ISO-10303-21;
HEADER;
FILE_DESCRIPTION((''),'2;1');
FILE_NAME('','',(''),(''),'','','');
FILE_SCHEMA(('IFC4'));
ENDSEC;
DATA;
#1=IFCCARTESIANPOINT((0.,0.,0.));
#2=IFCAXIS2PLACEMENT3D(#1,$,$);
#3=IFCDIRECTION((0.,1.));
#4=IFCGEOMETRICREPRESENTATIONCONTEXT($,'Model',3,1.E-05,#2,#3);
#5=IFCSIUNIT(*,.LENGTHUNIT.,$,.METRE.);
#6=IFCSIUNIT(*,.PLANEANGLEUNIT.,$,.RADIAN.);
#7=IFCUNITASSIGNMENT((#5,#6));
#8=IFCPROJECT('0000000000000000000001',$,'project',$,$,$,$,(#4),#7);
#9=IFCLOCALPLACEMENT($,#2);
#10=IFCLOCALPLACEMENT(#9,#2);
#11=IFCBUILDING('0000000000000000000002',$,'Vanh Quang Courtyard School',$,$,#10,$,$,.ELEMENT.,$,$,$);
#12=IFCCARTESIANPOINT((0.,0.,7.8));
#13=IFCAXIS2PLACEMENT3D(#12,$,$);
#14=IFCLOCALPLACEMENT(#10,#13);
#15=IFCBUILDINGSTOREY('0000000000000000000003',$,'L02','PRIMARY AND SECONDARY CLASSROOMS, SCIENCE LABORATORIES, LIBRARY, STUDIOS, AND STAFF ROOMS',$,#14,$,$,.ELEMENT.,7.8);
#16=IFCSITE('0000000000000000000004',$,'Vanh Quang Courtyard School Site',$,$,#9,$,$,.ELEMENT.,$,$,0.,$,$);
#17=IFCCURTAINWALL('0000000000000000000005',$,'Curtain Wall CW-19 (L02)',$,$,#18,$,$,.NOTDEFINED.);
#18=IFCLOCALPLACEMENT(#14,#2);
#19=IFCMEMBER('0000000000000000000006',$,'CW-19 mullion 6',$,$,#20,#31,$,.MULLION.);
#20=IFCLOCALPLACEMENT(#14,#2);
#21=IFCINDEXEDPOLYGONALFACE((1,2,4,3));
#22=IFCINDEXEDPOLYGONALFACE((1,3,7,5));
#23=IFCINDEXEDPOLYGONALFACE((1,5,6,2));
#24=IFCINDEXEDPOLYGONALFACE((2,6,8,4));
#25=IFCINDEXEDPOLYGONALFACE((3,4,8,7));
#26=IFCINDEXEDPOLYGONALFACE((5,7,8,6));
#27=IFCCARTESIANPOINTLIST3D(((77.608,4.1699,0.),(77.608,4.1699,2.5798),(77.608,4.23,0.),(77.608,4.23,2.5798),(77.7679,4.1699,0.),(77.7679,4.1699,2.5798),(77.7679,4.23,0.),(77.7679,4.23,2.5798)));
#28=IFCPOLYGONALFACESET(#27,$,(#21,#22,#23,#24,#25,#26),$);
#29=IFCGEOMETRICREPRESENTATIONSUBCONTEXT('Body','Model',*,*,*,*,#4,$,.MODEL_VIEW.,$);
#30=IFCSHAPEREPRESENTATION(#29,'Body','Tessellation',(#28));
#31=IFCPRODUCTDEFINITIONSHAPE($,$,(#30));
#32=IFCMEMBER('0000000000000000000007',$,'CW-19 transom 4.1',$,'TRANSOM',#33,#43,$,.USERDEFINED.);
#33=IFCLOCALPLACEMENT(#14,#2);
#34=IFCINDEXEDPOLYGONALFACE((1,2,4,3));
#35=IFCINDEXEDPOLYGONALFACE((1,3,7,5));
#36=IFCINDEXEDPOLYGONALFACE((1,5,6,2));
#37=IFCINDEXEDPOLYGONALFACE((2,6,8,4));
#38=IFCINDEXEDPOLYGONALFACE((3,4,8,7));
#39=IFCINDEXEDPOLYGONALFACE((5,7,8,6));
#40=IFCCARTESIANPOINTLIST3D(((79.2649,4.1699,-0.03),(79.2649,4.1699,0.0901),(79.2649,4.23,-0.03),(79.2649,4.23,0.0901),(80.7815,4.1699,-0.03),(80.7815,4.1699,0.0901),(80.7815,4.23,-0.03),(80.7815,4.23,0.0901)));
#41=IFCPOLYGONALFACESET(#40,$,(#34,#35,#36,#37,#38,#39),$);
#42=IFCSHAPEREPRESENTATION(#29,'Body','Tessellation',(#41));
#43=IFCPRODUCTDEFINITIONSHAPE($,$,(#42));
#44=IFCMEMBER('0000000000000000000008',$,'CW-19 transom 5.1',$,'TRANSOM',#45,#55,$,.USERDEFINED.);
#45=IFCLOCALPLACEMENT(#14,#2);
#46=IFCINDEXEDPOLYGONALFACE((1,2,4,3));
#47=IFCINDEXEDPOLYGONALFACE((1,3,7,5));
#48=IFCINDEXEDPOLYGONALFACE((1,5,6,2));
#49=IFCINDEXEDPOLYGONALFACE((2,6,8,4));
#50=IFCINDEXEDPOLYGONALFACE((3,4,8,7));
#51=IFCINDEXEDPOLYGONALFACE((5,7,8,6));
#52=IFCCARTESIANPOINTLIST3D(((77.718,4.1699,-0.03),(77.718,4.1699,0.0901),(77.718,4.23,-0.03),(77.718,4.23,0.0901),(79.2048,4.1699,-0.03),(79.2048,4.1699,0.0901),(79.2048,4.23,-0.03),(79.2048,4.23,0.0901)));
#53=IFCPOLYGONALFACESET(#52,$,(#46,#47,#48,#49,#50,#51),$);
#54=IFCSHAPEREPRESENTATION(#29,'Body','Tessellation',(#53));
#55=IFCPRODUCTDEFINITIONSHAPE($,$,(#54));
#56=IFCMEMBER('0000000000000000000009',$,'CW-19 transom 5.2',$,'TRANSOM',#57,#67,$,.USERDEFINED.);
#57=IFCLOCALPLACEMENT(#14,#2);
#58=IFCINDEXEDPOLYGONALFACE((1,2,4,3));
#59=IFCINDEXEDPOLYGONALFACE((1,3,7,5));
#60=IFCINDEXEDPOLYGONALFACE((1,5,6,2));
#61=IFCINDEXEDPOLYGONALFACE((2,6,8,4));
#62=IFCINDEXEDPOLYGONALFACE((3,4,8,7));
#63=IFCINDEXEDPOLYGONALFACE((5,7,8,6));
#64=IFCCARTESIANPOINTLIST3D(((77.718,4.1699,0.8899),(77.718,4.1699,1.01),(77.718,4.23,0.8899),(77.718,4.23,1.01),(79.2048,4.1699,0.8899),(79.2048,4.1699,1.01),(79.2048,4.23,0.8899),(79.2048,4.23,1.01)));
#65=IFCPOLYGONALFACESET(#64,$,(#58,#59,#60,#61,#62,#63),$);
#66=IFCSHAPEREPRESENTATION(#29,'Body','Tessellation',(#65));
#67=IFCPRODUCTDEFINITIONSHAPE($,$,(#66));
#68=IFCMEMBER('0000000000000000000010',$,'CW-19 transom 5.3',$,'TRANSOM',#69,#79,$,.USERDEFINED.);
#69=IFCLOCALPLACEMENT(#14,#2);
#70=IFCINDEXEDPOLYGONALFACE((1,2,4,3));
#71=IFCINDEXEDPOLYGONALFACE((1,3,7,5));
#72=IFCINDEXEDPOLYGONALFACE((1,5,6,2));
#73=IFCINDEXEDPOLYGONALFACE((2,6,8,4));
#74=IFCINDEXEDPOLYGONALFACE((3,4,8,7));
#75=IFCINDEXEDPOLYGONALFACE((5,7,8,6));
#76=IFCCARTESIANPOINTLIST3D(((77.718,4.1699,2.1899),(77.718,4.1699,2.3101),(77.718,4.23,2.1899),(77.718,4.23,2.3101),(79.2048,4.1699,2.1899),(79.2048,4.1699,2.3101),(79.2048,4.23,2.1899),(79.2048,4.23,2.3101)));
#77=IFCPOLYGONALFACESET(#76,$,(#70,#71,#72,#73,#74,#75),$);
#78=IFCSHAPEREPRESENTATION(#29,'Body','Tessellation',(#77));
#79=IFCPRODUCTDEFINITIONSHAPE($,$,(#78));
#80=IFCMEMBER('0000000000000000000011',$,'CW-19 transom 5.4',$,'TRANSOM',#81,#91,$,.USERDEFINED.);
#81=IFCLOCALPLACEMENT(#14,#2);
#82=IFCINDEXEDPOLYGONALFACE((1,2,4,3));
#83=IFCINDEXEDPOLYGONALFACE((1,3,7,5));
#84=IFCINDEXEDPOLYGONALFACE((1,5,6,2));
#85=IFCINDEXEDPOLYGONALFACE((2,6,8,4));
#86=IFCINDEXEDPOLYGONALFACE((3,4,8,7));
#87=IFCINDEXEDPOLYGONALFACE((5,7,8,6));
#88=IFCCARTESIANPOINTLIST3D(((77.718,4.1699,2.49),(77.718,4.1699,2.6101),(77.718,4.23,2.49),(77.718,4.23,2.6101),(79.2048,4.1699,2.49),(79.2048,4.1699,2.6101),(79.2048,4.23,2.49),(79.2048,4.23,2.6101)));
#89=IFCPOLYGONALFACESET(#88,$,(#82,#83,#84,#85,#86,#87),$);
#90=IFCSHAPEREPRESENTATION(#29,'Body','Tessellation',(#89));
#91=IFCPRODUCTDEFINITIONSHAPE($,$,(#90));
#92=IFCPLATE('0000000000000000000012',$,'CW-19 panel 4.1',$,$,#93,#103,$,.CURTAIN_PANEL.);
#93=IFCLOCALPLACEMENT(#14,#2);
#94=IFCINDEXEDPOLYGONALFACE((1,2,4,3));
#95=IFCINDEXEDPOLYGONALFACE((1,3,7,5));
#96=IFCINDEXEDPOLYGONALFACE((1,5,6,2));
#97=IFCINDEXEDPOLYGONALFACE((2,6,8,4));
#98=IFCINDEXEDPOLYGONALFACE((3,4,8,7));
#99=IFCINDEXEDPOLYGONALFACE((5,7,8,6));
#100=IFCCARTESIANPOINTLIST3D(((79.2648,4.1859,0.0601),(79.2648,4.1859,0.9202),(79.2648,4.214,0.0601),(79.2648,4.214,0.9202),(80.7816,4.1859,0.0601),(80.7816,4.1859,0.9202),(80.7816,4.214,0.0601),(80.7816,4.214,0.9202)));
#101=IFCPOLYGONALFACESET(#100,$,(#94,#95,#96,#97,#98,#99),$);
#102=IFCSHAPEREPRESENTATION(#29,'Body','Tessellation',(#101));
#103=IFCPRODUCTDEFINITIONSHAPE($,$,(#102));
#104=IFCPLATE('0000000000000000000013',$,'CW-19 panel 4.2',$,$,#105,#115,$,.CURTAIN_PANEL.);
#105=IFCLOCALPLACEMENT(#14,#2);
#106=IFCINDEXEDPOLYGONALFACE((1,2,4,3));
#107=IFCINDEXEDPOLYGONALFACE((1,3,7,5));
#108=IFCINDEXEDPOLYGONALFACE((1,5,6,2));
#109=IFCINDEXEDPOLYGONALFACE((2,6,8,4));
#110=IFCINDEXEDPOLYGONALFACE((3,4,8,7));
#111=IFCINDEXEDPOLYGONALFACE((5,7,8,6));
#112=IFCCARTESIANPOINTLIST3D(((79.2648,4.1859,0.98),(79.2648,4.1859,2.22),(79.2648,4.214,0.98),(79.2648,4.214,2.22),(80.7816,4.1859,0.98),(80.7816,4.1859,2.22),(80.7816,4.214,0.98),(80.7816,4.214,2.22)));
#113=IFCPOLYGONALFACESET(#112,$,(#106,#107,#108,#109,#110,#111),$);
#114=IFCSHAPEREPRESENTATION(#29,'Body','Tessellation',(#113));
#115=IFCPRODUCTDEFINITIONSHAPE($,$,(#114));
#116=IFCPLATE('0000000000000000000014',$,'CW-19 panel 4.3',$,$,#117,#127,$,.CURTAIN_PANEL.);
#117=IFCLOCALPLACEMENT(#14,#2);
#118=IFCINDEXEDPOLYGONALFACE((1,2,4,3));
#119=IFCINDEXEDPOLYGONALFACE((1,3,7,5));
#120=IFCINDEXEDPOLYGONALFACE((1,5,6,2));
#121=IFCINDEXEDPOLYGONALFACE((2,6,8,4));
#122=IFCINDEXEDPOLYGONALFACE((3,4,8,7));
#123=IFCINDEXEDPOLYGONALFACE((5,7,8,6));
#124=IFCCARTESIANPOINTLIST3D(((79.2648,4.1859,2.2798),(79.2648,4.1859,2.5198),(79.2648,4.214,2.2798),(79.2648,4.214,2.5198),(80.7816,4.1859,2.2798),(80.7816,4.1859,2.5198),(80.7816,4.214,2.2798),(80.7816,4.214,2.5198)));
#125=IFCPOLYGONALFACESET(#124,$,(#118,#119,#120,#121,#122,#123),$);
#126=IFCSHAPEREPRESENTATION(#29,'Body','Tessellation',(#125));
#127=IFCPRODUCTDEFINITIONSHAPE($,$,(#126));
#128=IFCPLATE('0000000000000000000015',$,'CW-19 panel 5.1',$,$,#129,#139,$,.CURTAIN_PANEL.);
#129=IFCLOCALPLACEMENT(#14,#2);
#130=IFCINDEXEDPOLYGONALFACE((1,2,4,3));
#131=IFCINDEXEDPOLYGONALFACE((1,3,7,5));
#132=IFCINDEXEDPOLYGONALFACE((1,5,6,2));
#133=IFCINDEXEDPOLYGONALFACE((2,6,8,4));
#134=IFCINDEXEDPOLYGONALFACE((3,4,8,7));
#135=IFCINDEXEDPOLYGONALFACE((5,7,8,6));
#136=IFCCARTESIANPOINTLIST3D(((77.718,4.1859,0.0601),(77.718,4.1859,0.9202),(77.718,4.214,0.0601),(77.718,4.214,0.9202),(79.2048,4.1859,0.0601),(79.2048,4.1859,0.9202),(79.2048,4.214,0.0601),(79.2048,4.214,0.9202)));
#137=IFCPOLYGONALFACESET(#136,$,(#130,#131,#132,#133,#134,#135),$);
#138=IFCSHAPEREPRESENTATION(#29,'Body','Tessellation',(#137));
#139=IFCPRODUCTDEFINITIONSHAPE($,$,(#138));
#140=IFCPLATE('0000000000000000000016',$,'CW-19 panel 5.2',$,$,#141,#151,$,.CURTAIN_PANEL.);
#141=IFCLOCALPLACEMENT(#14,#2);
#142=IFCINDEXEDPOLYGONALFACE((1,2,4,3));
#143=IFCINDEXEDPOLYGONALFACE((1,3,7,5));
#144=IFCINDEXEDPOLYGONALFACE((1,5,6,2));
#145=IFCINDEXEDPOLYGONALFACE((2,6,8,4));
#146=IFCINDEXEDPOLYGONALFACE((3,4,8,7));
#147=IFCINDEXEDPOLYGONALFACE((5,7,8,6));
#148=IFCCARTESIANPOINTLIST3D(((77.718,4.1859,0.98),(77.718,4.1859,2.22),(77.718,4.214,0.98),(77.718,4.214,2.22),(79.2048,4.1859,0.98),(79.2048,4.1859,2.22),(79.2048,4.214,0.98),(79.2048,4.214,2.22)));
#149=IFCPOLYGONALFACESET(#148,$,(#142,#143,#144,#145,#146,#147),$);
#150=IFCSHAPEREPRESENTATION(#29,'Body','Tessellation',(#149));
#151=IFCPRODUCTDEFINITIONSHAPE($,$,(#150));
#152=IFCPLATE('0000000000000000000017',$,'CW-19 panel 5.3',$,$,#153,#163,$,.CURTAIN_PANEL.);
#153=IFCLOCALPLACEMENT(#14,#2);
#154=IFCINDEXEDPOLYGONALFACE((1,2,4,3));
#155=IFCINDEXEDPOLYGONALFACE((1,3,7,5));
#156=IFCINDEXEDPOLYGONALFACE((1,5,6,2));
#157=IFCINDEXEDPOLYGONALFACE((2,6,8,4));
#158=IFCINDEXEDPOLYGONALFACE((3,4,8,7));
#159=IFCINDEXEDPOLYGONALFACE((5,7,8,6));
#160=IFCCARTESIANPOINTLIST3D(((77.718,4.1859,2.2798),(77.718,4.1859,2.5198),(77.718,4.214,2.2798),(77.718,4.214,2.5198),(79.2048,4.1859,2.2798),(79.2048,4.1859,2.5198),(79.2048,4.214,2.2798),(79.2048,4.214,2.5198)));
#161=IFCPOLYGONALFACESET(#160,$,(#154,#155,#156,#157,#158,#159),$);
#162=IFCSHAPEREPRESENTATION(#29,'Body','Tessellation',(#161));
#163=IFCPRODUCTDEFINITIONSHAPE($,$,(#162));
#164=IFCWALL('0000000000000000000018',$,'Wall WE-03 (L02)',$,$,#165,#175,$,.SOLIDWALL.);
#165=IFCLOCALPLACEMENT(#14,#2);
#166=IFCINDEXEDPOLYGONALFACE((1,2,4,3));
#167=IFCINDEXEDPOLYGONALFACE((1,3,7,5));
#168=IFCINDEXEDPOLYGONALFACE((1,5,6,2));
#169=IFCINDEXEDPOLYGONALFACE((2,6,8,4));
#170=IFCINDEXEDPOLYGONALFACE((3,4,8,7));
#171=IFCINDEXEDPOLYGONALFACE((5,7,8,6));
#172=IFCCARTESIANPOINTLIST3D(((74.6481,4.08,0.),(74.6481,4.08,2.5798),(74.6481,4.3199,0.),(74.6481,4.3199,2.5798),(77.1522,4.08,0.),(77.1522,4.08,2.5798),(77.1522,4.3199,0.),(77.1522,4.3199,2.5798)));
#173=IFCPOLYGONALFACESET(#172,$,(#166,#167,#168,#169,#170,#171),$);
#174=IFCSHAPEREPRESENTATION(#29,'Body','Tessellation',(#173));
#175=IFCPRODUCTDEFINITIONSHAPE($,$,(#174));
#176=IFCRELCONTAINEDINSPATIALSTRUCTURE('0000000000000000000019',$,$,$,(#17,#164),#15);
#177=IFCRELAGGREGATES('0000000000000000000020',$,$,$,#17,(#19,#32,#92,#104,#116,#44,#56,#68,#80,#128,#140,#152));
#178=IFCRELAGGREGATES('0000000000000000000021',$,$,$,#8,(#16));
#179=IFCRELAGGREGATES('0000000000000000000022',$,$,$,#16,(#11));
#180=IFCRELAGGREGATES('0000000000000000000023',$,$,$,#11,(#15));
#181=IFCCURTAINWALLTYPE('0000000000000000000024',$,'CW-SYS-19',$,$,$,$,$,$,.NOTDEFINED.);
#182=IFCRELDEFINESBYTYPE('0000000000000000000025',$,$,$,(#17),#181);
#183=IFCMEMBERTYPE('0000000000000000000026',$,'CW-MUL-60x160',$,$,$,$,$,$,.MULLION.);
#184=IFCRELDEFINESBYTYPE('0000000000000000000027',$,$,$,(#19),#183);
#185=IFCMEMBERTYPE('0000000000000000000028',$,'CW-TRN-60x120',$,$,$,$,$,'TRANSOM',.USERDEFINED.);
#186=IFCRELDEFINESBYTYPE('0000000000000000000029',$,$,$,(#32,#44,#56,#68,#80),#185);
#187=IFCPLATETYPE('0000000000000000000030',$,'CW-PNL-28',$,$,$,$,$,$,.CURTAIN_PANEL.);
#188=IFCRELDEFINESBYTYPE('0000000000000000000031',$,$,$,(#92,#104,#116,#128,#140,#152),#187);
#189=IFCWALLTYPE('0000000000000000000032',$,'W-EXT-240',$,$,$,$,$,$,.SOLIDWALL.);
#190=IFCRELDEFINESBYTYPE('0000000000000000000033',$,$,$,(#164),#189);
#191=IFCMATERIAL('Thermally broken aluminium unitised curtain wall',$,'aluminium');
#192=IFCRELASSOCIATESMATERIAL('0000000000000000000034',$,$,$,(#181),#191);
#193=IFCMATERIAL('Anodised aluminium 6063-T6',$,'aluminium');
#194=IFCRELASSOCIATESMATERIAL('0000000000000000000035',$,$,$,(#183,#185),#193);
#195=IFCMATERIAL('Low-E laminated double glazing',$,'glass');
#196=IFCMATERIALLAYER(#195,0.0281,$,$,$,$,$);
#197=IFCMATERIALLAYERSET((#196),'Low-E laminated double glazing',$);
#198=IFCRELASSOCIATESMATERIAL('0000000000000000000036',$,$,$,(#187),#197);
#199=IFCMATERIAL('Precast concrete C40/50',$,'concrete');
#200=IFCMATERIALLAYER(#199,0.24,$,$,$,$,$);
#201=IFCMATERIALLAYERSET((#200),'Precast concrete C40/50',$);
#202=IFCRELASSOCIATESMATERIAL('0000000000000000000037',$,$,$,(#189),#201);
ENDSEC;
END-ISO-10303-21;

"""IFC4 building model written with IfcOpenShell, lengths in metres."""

from ifc_helpers import new_model, si_unit, direction, frame, frame_2d, origin, origin_2d, place, context, subcontext, project, spatial, rectangle, extrude, material, layer, layer_set, material_profile, profile_set, type_object, element, aggregate, save


model = new_model("IFC4")

# Units and contexts
model_context = context("Model", 3, precision=1e-05, world=origin(), true_north=direction((0.0, 1.0)))
body_context = subcontext(model_context, "Body", "Model", "MODEL_VIEW")
ifc_project = project(units=[si_unit("LENGTHUNIT", "METRE"), si_unit("PLANEANGLEUNIT", "RADIAN")], contexts=[model_context])

# Site, building, storey
site_placement = place(None, origin())
site = spatial("IfcSite", under=ifc_project, at=site_placement, Name="Vanh Quang Courtyard School Site", CompositionType="ELEMENT", RefElevation=0.0)
building_placement = place(site_placement, origin())
building = spatial("IfcBuilding", under=site, at=building_placement, Name="Vanh Quang Courtyard School", CompositionType="ELEMENT")
storey_placement = place(building_placement, frame((0.0, 0.0, 7.8)))
storey = spatial("IfcBuildingStorey", under=building, at=storey_placement, Name="L02", Description="PRIMARY AND SECONDARY CLASSROOMS, SCIENCE LABORATORIES, LIBRARY, STUDIOS, AND STAFF ROOMS", CompositionType="ELEMENT", Elevation=7.8)

# Curtain wall, members, plates
ifc_material_1 = material(Name="Thermally broken aluminium unitised curtain wall", Category="aluminium")
curtain_wall_type = type_object("IfcCurtainWallType", Name="CW-SYS-19", PredefinedType="NOTDEFINED", material=ifc_material_1)
curtain_wall_placement = place(storey_placement, origin())
curtain_wall = element("IfcCurtainWall", 1, at=curtain_wall_placement, inside=storey, type_object=curtain_wall_type, Name="Curtain Wall CW-19 (L02)", PredefinedType="NOTDEFINED")
ifc_material_2 = material(Name="Anodised aluminium 6063-T6", Category="aluminium")
ifc_material_profile_1 = material_profile(ifc_material_2, rectangle(XDim=0.0601, YDim=0.1599, at=origin_2d()), Name="ALU-MUL 60x160")
ifc_profile_set_1 = profile_set([ifc_material_profile_1], Name="Anodised aluminium 6063-T6")
member_type_1 = type_object("IfcMemberType", Name="CW-MUL-60x160", PredefinedType="MULLION", material=ifc_profile_set_1)
member_1_placement = place(storey_placement, frame((77.688, 4.2, 0.0), z_axis=(0.0, 0.0, 1.0), x_axis=(0.0, -1.0, 0.0)))
member_1 = element("IfcMember", 2, at=member_1_placement, type_object=member_type_1, Name="CW-19 mullion 6", PredefinedType="MULLION", context=body_context, shape_type="SweptSolid", body=[
    extrude(rectangle(XDim=0.0601, YDim=0.1599, at=origin_2d()), origin(), (0.0, 0.0, 1.0), 2.5798),
])
ifc_material_profile_2 = material_profile(ifc_material_2, rectangle(XDim=0.0601, YDim=0.1201, at=origin_2d()), Name="ALU-TRN 60x120")
ifc_profile_set_2 = profile_set([ifc_material_profile_2], Name="Anodised aluminium 6063-T6")
member_type_2 = type_object("IfcMemberType", Name="CW-TRN-60x120", ElementType="TRANSOM", PredefinedType="USERDEFINED", material=ifc_profile_set_2)
member_2_placement = place(storey_placement, frame((80.7815, 4.2, 0.03), z_axis=(-1.0, 0.0, 0.0), x_axis=(0.0, -1.0, 0.0)))
member_2 = element("IfcMember", 3, at=member_2_placement, type_object=member_type_2, Name="CW-19 transom 4.1", ObjectType="TRANSOM", PredefinedType="USERDEFINED", context=body_context, shape_type="SweptSolid", body=[
    extrude(rectangle(XDim=0.0601, YDim=0.1201, at=origin_2d()), origin(), (0.0, 0.0, 1.0), 1.5166),
])
member_3_placement = place(storey_placement, frame((79.2048, 4.2, 0.03), z_axis=(-1.0, 0.0, 0.0), x_axis=(0.0, -1.0, 0.0)))
member_3 = element("IfcMember", 4, at=member_3_placement, type_object=member_type_2, Name="CW-19 transom 5.1", ObjectType="TRANSOM", PredefinedType="USERDEFINED", context=body_context, shape_type="SweptSolid", body=[
    extrude(rectangle(XDim=0.0601, YDim=0.1201, at=origin_2d()), origin(), (0.0, 0.0, 1.0), 1.4868),
])
member_4_placement = place(storey_placement, frame((79.2048, 4.2, 0.95), z_axis=(-1.0, 0.0, 0.0), x_axis=(0.0, -1.0, 0.0)))
member_4 = element("IfcMember", 5, at=member_4_placement, type_object=member_type_2, Name="CW-19 transom 5.2", ObjectType="TRANSOM", PredefinedType="USERDEFINED", context=body_context, shape_type="SweptSolid", body=[
    extrude(rectangle(XDim=0.0601, YDim=0.1201, at=origin_2d()), origin(), (0.0, 0.0, 1.0), 1.4868),
])
member_5_placement = place(storey_placement, frame((79.2048, 4.2, 2.25), z_axis=(-1.0, 0.0, 0.0), x_axis=(0.0, -1.0, 0.0)))
member_5 = element("IfcMember", 6, at=member_5_placement, type_object=member_type_2, Name="CW-19 transom 5.3", ObjectType="TRANSOM", PredefinedType="USERDEFINED", context=body_context, shape_type="SweptSolid", body=[
    extrude(rectangle(XDim=0.0601, YDim=0.1201, at=origin_2d()), origin(), (0.0, 0.0, 1.0), 1.4868),
])
member_6_placement = place(storey_placement, frame((79.2048, 4.2, 2.55), z_axis=(-1.0, 0.0, 0.0), x_axis=(0.0, -1.0, 0.0)))
member_6 = element("IfcMember", 7, at=member_6_placement, type_object=member_type_2, Name="CW-19 transom 5.4", ObjectType="TRANSOM", PredefinedType="USERDEFINED", context=body_context, shape_type="SweptSolid", body=[
    extrude(rectangle(XDim=0.0601, YDim=0.1201, at=origin_2d()), origin(), (0.0, 0.0, 1.0), 1.4868),
])
ifc_material_3 = material(Name="Low-E laminated double glazing", Category="glass")
ifc_layer_1 = layer(ifc_material_3, 0.0281)
ifc_layer_set_1 = layer_set([ifc_layer_1], Name="Low-E laminated double glazing")
plate_type = type_object("IfcPlateType", Name="CW-PNL-28", PredefinedType="CURTAIN_PANEL", material=ifc_layer_set_1)
plate_1_placement = place(storey_placement, frame((80.0232, 4.2, 0.0601), z_axis=(0.0, 0.0, 1.0), x_axis=(-1.0, 0.0, 0.0)))
plate_1 = element("IfcPlate", 8, at=plate_1_placement, type_object=plate_type, Name="CW-19 panel 4.1", PredefinedType="CURTAIN_PANEL", context=body_context, shape_type="SweptSolid", body=[
    extrude(rectangle(XDim=1.5168, YDim=0.0281, at=origin_2d()), origin(), (0.0, 0.0, 1.0), 0.8601),
])
plate_2_placement = place(storey_placement, frame((80.0232, 4.2, 0.98), z_axis=(0.0, 0.0, 1.0), x_axis=(-1.0, 0.0, 0.0)))
plate_2 = element("IfcPlate", 9, at=plate_2_placement, type_object=plate_type, Name="CW-19 panel 4.2", PredefinedType="CURTAIN_PANEL", context=body_context, shape_type="SweptSolid", body=[
    extrude(rectangle(XDim=1.5168, YDim=0.0281, at=origin_2d()), origin(), (0.0, 0.0, 1.0), 1.24),
])
plate_3_placement = place(storey_placement, frame((80.0232, 4.2, 2.2798), z_axis=(0.0, 0.0, 1.0), x_axis=(-1.0, 0.0, 0.0)))
plate_3 = element("IfcPlate", 10, at=plate_3_placement, type_object=plate_type, Name="CW-19 panel 4.3", PredefinedType="CURTAIN_PANEL", context=body_context, shape_type="SweptSolid", body=[
    extrude(rectangle(XDim=1.5168, YDim=0.0281, at=origin_2d()), origin(), (0.0, 0.0, 1.0), 0.24),
])
plate_4_placement = place(storey_placement, frame((78.4614, 4.2, 0.0601), z_axis=(0.0, 0.0, 1.0), x_axis=(-1.0, 0.0, 0.0)))
plate_4 = element("IfcPlate", 11, at=plate_4_placement, type_object=plate_type, Name="CW-19 panel 5.1", PredefinedType="CURTAIN_PANEL", context=body_context, shape_type="SweptSolid", body=[
    extrude(rectangle(XDim=1.4868, YDim=0.0281, at=origin_2d()), origin(), (0.0, 0.0, 1.0), 0.8601),
])
plate_5_placement = place(storey_placement, frame((78.4614, 4.2, 0.98), z_axis=(0.0, 0.0, 1.0), x_axis=(-1.0, 0.0, 0.0)))
plate_5 = element("IfcPlate", 12, at=plate_5_placement, type_object=plate_type, Name="CW-19 panel 5.2", PredefinedType="CURTAIN_PANEL", context=body_context, shape_type="SweptSolid", body=[
    extrude(rectangle(XDim=1.4868, YDim=0.0281, at=origin_2d()), origin(), (0.0, 0.0, 1.0), 1.24),
])
plate_6_placement = place(storey_placement, frame((78.4614, 4.2, 2.2798), z_axis=(0.0, 0.0, 1.0), x_axis=(-1.0, 0.0, 0.0)))
plate_6 = element("IfcPlate", 13, at=plate_6_placement, type_object=plate_type, Name="CW-19 panel 5.3", PredefinedType="CURTAIN_PANEL", context=body_context, shape_type="SweptSolid", body=[
    extrude(rectangle(XDim=1.4868, YDim=0.0281, at=origin_2d()), origin(), (0.0, 0.0, 1.0), 0.24),
])
aggregate(curtain_wall, [member_1, member_2, plate_1, plate_2, plate_3, member_3, member_4, member_5, member_6, plate_4, plate_5, plate_6])

# Wall
ifc_material_4 = material(Name="Precast concrete C40/50", Category="concrete")
ifc_layer_2 = layer(ifc_material_4, 0.24)
ifc_layer_set_2 = layer_set([ifc_layer_2], Name="Precast concrete C40/50")
wall_type_1 = type_object("IfcWallType", Name="W-EXT-240", PredefinedType="SOLIDWALL", material=ifc_layer_set_2)
wall_1_placement = place(storey_placement, frame((77.1521, 4.2, 0.0), z_axis=(0.0, 0.0, 1.0), x_axis=(-1.0, 0.0, 0.0)))
element("IfcWall", 14, at=wall_1_placement, inside=storey, type_object=wall_type_1, Name="Wall WE-03 (L02)", PredefinedType="SOLIDWALL", context=body_context, shape_type="SweptSolid", body=[
    extrude(rectangle(XDim=2.5042, YDim=0.24, at=frame_2d((1.252, 0.0))), origin(), (0.0, 0.0, 1.0), 2.5798),
])

save(model, "model.ifc")
